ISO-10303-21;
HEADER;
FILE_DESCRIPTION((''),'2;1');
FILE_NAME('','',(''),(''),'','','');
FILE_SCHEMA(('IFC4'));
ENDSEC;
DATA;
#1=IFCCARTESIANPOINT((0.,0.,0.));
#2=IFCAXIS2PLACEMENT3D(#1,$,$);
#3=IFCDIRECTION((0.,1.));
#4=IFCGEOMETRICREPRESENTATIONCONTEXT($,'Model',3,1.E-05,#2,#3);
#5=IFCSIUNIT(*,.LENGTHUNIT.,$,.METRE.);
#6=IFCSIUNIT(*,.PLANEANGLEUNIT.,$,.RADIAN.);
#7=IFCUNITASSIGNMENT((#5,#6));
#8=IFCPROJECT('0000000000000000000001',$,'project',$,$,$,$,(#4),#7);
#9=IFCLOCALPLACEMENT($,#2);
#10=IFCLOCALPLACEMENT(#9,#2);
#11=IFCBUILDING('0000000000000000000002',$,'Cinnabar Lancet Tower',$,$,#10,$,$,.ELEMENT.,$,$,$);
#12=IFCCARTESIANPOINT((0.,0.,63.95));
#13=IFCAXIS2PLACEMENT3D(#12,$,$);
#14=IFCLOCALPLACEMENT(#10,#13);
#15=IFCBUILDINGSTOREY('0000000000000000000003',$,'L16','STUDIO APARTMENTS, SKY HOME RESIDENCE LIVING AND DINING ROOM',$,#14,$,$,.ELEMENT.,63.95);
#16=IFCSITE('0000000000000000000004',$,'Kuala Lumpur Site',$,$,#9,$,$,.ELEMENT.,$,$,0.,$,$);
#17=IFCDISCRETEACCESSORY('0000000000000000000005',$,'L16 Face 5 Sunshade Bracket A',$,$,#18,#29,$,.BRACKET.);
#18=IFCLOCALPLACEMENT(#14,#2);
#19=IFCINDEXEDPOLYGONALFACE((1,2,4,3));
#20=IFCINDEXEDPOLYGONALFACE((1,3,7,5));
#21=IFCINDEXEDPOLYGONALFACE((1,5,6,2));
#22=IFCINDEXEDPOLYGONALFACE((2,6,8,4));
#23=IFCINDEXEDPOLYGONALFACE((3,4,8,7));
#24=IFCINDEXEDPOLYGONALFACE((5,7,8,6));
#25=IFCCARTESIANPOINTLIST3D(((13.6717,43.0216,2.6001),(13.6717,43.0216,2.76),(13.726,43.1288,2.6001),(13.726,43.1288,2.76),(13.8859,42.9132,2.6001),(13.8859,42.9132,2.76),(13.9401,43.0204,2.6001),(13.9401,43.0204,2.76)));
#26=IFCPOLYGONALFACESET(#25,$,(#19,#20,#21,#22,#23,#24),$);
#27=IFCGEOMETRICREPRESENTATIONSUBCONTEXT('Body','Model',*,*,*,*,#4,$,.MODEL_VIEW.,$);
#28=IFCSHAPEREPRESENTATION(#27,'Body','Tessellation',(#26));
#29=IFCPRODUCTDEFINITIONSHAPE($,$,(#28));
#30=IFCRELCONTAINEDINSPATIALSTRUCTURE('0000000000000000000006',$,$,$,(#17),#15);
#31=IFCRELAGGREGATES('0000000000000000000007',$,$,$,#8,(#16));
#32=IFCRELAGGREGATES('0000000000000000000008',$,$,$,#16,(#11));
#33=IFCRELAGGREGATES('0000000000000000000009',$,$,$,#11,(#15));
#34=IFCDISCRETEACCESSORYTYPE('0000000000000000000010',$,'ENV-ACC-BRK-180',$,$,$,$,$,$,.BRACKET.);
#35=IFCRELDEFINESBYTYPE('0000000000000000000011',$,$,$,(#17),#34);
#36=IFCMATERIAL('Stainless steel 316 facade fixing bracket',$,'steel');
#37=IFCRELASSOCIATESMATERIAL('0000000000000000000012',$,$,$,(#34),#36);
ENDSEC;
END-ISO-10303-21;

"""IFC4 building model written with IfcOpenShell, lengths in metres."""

from ifc_helpers import new_model, si_unit, direction, frame, origin, origin_2d, place, context, subcontext, project, spatial, rectangle, extrude, material, type_object, element, save


model = new_model("IFC4")

# Units and contexts
model_context = context("Model", 3, precision=1e-05, world=origin(), true_north=direction((0.0, 1.0)))
body_context = subcontext(model_context, "Body", "Model", "MODEL_VIEW")
ifc_project = project(units=[si_unit("LENGTHUNIT", "METRE"), si_unit("PLANEANGLEUNIT", "RADIAN")], contexts=[model_context])

# Site, building, storey
site_placement = place(None, origin())
site = spatial("IfcSite", under=ifc_project, at=site_placement, Name="Kuala Lumpur Site", CompositionType="ELEMENT", RefElevation=0.0)
building_placement = place(site_placement, origin())
building = spatial("IfcBuilding", under=site, at=building_placement, Name="Cinnabar Lancet Tower", CompositionType="ELEMENT")
storey_placement = place(building_placement, frame((0.0, 0.0, 63.95)))
storey = spatial("IfcBuildingStorey", under=building, at=storey_placement, Name="L16", Description="STUDIO APARTMENTS, SKY HOME RESIDENCE LIVING AND DINING ROOM", CompositionType="ELEMENT", Elevation=63.95)

# Discrete accessory
ifc_material_1 = material(Name="Stainless steel 316 facade fixing bracket", Category="steel")
discrete_accessory_type = type_object("IfcDiscreteAccessoryType", Name="ENV-ACC-BRK-180", PredefinedType="BRACKET", material=ifc_material_1)
discrete_accessory_placement = place(storey_placement, frame((13.8059, 43.021, 2.6001), z_axis=(0.0, 0.0, 1.0), x_axis=(-0.451501, -0.892271, 0.0)))
element("IfcDiscreteAccessory", 1, at=discrete_accessory_placement, inside=storey, type_object=discrete_accessory_type, Name="L16 Face 5 Sunshade Bracket A", PredefinedType="BRACKET", context=body_context, shape_type="SweptSolid", body=[
    extrude(rectangle(XDim=0.1201, YDim=0.24, at=origin_2d()), origin(), (0.0, 0.0, 1.0), 0.1599),
])

save(model, "model.ifc")
